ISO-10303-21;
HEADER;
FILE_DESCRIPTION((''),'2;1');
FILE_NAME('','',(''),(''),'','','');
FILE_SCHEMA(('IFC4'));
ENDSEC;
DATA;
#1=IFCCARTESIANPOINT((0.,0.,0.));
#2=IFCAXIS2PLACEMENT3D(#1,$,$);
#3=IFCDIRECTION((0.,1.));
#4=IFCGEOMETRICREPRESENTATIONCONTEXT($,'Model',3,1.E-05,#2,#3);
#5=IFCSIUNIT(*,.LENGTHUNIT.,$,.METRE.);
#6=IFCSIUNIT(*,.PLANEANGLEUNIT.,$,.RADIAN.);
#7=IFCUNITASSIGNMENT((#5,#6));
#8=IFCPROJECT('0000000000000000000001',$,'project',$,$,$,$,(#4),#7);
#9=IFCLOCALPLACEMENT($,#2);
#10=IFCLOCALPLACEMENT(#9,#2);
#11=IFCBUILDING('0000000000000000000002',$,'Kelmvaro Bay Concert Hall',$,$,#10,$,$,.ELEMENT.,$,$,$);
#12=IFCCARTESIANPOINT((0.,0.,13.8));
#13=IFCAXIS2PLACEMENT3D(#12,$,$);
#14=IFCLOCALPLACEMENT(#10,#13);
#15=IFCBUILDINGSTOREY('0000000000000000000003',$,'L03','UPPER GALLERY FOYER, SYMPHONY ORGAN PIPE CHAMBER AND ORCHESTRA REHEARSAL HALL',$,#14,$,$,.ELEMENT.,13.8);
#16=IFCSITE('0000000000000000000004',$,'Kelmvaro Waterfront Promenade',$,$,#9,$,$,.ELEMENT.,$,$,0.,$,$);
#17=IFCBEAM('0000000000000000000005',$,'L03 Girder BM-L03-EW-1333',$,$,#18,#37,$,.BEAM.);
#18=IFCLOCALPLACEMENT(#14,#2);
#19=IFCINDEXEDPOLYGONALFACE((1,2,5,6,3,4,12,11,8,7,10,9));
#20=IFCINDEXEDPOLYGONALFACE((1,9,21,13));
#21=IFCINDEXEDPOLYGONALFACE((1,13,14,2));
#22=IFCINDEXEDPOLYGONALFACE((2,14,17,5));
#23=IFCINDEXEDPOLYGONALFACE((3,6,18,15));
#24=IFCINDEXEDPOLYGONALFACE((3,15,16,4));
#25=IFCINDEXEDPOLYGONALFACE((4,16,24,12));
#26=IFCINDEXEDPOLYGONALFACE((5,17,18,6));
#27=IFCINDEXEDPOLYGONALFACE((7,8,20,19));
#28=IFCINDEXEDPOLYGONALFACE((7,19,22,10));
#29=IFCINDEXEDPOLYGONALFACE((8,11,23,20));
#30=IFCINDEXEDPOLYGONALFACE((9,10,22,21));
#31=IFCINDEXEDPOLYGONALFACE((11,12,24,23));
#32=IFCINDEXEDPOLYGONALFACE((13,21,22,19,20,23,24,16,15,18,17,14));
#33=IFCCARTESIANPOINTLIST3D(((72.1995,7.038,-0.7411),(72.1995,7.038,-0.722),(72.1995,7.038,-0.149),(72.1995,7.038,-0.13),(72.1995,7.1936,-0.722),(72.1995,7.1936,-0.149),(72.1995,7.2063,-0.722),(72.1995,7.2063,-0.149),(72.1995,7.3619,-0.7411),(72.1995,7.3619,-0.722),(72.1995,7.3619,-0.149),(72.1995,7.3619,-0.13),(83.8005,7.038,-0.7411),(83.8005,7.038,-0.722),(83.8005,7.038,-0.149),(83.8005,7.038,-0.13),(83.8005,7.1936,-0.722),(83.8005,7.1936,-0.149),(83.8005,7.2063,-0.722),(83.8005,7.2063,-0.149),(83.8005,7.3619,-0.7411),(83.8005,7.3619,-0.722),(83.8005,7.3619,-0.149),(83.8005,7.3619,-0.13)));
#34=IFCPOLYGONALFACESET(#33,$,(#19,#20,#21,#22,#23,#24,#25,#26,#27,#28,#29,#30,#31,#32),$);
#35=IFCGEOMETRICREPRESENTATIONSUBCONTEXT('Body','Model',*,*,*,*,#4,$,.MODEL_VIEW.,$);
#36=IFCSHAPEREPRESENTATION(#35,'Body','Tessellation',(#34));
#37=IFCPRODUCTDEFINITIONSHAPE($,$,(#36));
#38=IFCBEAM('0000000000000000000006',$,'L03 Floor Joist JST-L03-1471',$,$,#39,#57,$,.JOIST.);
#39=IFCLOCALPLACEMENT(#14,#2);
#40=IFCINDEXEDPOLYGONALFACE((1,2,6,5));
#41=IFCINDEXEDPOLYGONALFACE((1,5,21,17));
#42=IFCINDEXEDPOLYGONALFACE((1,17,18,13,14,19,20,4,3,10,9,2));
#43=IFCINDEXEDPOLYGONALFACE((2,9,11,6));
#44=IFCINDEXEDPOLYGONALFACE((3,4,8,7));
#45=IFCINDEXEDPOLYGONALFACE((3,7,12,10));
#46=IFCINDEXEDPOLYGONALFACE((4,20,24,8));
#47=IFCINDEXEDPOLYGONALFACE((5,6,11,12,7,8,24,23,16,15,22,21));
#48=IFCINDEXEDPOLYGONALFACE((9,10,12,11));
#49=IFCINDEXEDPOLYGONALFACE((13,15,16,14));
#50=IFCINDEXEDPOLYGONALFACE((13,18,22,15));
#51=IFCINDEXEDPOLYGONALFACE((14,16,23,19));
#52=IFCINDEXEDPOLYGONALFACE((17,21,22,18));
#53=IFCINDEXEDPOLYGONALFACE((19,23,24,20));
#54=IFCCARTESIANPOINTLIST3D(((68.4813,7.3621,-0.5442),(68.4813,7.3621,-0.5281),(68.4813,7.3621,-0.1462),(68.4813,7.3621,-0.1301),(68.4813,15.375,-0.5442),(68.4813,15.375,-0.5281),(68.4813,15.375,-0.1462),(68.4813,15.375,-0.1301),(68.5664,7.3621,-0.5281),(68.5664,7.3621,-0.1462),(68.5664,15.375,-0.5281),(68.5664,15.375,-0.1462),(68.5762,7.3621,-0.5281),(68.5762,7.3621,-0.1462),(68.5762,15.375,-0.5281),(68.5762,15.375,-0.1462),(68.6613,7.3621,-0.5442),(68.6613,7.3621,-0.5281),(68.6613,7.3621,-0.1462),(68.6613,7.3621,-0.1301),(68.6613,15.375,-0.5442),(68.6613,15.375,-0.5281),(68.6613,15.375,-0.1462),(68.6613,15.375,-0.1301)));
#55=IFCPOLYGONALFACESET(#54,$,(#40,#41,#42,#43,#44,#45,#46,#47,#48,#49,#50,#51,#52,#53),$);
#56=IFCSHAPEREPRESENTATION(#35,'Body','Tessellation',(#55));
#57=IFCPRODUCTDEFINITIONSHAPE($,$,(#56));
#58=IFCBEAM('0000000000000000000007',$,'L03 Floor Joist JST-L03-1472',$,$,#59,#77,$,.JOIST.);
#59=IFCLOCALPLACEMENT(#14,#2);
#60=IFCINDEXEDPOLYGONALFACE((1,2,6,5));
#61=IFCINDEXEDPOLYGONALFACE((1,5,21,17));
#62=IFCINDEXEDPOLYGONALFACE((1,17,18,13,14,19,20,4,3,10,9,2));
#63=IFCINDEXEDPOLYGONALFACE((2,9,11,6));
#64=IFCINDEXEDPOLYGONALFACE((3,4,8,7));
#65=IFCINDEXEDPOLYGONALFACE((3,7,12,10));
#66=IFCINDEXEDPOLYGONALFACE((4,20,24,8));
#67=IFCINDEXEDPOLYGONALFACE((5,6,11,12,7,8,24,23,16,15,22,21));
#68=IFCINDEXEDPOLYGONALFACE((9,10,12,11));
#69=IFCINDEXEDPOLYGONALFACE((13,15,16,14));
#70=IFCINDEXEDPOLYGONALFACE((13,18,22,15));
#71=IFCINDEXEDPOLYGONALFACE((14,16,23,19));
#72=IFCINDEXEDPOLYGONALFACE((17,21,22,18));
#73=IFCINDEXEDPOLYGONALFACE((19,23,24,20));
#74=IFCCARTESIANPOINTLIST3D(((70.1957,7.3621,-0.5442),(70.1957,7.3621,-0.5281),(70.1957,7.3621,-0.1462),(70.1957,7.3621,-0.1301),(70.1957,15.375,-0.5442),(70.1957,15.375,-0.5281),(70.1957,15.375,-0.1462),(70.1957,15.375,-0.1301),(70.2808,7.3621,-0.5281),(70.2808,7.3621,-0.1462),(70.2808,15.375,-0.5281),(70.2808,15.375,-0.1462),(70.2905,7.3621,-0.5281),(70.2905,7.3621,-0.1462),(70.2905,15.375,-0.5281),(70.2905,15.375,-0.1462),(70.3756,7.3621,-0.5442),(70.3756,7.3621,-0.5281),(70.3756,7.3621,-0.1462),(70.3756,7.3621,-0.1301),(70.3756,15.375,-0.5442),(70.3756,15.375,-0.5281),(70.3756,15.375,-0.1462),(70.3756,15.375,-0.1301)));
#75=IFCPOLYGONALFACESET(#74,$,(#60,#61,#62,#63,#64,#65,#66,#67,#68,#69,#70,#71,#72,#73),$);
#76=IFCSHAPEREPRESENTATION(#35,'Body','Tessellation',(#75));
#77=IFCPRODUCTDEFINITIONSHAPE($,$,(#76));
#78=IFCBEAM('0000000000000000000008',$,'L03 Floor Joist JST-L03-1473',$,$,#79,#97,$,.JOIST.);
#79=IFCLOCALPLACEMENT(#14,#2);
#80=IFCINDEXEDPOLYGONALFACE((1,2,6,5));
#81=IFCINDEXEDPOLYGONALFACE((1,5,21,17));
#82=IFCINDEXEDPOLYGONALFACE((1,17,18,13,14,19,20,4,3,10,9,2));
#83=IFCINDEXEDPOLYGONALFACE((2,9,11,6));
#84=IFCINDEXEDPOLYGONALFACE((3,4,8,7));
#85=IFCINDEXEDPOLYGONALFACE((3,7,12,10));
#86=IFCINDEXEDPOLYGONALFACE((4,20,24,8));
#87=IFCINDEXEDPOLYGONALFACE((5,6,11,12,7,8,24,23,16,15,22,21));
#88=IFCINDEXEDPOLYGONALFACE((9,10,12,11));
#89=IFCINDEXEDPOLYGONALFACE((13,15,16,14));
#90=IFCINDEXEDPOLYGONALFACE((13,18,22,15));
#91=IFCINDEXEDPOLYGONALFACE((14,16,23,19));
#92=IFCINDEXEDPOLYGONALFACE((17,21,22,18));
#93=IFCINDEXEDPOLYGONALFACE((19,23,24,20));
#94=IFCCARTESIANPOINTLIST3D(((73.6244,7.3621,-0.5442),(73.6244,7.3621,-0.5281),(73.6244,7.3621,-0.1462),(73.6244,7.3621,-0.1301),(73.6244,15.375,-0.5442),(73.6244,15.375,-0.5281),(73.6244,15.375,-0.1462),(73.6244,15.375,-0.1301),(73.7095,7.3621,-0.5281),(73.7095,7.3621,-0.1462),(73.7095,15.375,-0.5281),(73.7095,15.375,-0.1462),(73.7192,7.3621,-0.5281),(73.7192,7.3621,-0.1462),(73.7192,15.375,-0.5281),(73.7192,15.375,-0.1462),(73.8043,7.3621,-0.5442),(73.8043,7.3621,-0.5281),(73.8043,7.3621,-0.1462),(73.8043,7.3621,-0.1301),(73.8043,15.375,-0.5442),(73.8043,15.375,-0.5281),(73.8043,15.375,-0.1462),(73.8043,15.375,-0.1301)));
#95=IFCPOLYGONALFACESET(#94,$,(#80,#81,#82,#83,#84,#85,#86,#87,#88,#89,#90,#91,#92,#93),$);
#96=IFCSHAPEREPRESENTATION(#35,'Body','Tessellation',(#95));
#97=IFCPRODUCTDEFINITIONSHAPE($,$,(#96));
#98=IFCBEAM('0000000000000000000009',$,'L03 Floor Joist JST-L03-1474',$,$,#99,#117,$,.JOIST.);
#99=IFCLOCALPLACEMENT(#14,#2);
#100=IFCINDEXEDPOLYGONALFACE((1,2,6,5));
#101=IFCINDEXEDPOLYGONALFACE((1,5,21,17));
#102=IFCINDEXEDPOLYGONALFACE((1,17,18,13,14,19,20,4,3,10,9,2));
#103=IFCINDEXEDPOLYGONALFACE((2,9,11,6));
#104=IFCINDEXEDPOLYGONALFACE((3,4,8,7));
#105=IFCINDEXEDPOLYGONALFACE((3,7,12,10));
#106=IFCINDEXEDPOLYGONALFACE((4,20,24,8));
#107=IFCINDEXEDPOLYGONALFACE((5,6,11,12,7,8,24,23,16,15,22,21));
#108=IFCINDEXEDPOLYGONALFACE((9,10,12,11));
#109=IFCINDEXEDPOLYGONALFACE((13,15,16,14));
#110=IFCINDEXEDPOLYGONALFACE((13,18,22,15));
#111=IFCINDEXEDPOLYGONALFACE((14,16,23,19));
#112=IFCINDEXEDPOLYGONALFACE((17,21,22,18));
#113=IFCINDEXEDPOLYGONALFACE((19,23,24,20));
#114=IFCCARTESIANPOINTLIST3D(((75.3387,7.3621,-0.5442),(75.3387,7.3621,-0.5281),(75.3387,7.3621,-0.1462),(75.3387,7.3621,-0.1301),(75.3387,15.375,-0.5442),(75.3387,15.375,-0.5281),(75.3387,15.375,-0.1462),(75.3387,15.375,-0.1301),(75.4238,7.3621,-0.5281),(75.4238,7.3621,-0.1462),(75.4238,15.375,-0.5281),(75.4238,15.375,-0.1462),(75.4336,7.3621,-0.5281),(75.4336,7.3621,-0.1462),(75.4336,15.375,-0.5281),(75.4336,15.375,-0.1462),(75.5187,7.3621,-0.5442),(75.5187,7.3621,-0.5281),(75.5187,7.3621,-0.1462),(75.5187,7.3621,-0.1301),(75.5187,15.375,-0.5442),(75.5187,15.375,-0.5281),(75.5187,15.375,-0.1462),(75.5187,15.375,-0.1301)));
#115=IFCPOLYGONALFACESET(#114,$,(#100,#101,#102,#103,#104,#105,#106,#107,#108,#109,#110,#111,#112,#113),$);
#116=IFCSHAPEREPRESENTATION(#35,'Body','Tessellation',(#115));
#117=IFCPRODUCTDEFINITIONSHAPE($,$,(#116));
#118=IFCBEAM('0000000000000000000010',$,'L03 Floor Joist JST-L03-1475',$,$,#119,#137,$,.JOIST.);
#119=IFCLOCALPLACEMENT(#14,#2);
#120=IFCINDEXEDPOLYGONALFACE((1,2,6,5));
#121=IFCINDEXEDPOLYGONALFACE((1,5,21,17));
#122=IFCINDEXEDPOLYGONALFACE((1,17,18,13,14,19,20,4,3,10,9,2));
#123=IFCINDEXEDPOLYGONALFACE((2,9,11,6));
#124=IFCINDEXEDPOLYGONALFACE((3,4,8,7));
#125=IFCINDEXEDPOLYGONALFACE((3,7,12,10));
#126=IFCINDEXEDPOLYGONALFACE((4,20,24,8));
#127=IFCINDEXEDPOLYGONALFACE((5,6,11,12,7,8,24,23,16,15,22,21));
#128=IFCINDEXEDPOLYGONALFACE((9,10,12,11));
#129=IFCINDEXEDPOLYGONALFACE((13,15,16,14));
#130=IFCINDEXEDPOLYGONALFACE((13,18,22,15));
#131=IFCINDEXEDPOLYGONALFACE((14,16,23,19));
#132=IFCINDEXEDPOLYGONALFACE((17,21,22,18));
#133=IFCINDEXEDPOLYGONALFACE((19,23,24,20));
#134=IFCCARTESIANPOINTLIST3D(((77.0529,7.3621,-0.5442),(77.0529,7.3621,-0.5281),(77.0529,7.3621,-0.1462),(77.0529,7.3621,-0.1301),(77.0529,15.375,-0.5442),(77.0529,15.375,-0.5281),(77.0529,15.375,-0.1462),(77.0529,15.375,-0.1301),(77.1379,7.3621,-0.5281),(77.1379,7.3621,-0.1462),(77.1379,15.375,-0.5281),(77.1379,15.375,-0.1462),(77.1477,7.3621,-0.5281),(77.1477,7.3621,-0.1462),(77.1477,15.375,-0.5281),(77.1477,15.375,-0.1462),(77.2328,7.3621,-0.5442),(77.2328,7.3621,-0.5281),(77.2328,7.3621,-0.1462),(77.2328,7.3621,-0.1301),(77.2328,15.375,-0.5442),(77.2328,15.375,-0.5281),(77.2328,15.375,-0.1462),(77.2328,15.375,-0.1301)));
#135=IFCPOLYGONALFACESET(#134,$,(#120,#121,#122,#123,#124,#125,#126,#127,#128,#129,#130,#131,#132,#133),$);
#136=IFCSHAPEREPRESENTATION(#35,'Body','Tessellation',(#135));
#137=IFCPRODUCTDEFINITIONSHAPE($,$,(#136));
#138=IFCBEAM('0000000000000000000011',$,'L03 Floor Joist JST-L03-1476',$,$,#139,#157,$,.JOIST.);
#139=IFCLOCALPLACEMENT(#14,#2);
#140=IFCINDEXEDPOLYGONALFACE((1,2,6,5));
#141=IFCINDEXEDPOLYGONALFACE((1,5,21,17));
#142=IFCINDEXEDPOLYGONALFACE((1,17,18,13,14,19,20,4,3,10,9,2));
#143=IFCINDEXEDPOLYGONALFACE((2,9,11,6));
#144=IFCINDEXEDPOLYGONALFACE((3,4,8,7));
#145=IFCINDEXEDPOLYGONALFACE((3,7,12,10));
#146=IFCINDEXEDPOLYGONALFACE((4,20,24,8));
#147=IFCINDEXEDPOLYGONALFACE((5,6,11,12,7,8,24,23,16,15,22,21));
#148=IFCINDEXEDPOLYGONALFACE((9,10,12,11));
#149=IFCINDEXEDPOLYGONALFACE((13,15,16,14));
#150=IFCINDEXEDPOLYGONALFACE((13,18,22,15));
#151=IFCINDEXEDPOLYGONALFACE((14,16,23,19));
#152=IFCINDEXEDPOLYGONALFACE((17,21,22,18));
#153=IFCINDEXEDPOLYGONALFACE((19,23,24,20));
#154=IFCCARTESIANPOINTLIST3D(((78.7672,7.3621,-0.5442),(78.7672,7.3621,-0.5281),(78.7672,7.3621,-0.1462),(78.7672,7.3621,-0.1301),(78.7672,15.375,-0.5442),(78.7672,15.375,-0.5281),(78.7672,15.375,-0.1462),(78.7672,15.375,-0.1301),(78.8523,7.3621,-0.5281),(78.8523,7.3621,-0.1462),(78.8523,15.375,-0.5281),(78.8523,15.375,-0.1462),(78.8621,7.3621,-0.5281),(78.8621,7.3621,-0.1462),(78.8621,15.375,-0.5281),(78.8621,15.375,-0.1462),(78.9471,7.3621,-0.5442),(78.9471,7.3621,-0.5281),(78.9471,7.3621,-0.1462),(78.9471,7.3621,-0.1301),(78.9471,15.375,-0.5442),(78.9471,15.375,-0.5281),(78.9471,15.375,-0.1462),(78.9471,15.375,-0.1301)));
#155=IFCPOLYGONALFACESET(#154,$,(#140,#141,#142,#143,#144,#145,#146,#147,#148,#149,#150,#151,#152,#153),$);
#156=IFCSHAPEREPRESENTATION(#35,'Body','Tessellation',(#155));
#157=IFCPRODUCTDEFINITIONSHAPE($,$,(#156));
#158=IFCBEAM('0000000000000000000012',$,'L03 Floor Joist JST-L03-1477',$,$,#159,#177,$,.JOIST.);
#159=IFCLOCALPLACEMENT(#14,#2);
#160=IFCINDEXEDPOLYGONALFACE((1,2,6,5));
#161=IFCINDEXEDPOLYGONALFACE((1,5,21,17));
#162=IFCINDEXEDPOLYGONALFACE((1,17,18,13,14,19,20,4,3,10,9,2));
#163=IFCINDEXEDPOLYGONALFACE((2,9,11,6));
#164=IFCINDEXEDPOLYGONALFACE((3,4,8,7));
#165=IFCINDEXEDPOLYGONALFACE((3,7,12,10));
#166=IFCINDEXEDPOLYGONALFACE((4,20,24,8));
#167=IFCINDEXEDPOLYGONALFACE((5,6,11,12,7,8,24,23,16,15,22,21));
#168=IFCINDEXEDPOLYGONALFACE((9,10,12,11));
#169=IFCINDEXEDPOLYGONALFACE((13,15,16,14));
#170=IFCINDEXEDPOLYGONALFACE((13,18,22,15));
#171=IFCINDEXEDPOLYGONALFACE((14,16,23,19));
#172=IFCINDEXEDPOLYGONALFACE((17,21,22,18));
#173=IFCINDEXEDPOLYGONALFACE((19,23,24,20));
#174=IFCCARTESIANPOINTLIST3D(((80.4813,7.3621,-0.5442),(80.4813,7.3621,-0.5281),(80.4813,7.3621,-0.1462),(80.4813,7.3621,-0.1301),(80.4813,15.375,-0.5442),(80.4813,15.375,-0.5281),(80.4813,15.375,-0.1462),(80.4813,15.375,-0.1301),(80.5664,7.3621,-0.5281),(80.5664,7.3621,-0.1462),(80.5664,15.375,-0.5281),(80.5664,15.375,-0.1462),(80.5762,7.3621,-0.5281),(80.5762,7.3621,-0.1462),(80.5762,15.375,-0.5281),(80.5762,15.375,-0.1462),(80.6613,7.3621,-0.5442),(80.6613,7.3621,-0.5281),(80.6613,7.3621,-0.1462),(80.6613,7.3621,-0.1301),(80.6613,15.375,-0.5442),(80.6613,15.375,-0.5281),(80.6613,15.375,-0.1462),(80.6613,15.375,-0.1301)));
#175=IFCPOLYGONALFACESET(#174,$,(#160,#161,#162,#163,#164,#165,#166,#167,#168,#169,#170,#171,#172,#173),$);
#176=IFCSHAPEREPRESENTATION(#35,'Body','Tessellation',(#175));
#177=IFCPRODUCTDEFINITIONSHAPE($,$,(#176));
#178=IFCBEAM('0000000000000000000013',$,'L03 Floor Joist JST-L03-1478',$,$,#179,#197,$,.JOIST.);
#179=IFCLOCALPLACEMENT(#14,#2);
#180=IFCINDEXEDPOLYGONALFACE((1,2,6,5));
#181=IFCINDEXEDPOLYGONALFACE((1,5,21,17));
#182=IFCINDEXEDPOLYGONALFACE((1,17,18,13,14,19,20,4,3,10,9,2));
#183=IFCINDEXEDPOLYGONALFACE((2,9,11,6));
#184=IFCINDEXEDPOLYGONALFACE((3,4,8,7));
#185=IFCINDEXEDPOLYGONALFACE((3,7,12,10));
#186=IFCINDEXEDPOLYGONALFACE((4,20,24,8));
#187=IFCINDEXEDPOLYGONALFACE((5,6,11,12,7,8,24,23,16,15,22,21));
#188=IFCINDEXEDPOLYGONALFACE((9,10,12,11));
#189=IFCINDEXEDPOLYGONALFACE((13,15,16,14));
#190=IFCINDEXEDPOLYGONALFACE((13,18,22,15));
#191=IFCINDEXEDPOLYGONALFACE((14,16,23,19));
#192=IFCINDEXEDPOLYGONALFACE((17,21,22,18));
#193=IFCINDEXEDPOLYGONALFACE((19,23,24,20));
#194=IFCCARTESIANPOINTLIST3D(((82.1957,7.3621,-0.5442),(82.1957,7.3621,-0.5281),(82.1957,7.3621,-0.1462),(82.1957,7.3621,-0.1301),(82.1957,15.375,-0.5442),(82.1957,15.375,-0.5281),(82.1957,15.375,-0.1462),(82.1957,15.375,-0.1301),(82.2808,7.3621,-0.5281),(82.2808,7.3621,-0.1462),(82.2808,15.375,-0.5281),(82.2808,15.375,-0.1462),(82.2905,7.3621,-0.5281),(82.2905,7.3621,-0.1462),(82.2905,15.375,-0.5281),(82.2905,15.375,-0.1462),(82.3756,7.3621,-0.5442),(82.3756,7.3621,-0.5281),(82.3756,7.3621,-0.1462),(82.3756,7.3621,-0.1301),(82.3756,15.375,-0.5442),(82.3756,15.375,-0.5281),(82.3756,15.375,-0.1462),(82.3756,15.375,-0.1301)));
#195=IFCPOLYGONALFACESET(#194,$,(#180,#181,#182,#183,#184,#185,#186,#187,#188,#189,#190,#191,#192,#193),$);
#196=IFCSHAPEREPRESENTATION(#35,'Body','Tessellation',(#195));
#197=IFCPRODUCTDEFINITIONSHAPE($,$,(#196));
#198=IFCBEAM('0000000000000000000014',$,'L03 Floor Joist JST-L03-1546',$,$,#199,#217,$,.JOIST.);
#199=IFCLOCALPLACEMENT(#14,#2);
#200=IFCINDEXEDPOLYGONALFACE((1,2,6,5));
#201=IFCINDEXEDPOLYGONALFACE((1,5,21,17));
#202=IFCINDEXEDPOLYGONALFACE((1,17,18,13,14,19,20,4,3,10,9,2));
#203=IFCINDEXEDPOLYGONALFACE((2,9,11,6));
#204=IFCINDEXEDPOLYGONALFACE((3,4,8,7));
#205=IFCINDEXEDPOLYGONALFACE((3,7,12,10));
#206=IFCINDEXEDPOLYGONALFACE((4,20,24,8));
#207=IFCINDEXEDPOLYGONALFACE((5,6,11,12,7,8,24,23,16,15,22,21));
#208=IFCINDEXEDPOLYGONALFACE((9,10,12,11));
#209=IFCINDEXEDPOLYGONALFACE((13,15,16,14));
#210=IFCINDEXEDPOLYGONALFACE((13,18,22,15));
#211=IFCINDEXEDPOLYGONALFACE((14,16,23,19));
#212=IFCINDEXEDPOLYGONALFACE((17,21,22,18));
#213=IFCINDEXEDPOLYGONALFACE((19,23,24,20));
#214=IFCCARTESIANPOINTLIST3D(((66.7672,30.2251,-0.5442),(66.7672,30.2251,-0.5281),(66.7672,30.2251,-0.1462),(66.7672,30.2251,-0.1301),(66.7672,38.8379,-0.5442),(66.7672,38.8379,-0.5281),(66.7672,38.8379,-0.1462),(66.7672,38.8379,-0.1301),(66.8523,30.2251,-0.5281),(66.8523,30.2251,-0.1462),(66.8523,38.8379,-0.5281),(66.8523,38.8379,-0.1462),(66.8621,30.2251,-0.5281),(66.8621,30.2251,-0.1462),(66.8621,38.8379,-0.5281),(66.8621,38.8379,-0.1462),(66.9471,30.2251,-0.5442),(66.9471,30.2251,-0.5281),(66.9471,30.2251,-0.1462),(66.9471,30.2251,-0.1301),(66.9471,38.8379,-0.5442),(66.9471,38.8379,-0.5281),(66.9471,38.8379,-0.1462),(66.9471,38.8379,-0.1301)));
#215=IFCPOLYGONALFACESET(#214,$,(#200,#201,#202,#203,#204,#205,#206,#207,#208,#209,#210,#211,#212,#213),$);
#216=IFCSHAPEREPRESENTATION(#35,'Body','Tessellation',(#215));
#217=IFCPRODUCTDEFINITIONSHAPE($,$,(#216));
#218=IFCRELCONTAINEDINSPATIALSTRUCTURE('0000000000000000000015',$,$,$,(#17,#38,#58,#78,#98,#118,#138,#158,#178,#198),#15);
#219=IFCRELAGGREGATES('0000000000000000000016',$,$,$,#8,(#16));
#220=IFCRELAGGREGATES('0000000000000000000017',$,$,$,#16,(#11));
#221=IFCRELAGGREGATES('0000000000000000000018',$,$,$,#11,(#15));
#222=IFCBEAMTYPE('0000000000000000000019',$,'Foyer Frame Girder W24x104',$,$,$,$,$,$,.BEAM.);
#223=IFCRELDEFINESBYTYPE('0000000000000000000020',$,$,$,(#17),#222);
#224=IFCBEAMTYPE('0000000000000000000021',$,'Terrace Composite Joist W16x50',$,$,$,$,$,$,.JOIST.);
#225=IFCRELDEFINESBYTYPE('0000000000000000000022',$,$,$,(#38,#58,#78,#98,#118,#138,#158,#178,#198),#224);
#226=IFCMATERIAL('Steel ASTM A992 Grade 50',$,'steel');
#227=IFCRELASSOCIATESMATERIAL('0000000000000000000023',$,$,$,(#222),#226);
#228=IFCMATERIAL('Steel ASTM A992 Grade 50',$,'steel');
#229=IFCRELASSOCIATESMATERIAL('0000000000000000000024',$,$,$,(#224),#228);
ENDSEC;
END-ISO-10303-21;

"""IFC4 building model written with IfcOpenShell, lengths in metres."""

from ifc_helpers import new_model, si_unit, direction, frame, origin, origin_2d, place, context, subcontext, project, spatial, i_section, extrude, material, material_profile, profile_set, type_object, element, save


model = new_model("IFC4")

# Units and contexts
model_context = context("Model", 3, precision=1e-05, world=origin(), true_north=direction((0.0, 1.0)))
body_context = subcontext(model_context, "Body", "Model", "MODEL_VIEW")
ifc_project = project(units=[si_unit("LENGTHUNIT", "METRE"), si_unit("PLANEANGLEUNIT", "RADIAN")], contexts=[model_context])

# Site, building, storey
site_placement = place(None, origin())
site = spatial("IfcSite", under=ifc_project, at=site_placement, Name="Kelmvaro Waterfront Promenade", CompositionType="ELEMENT", RefElevation=0.0)
building_placement = place(site_placement, origin())
building = spatial("IfcBuilding", under=site, at=building_placement, Name="Kelmvaro Bay Concert Hall", CompositionType="ELEMENT")
storey_placement = place(building_placement, frame((0.0, 0.0, 13.8)))
storey = spatial("IfcBuildingStorey", under=building, at=storey_placement, Name="L03", Description="UPPER GALLERY FOYER, SYMPHONY ORGAN PIPE CHAMBER AND ORCHESTRA REHEARSAL HALL", CompositionType="ELEMENT", Elevation=13.8)

# Beams
ifc_material_1 = material(Name="Steel ASTM A992 Grade 50", Category="steel")
ifc_material_profile_1 = material_profile(ifc_material_1, i_section(OverallWidth=0.324, OverallDepth=0.6111, WebThickness=0.0127, FlangeThickness=0.019, at=origin_2d()), Name="W24X104")
ifc_profile_set_1 = profile_set([ifc_material_profile_1], Name="Steel ASTM A992 Grade 50")
beam_type_1 = type_object("IfcBeamType", Name="Foyer Frame Girder W24x104", PredefinedType="BEAM", material=ifc_profile_set_1)
beam_placement = place(storey_placement, frame((72.1995, 7.2, -0.4355), z_axis=(1.0, 0.0, 0.0), x_axis=(0.0, 1.0, 0.0)))
element("IfcBeam", 1, at=beam_placement, inside=storey, type_object=beam_type_1, Name="L03 Girder BM-L03-EW-1333", PredefinedType="BEAM", context=body_context, shape_type="SweptSolid", body=[
    extrude(i_section(OverallWidth=0.324, OverallDepth=0.6111, WebThickness=0.0127, FlangeThickness=0.019, at=origin_2d()), origin(), (0.0, 0.0, 1.0), 11.6011),
])
ifc_material_2 = material(Name="Steel ASTM A992 Grade 50", Category="steel")
ifc_material_profile_2 = material_profile(ifc_material_2, i_section(OverallWidth=0.1799, OverallDepth=0.4141, WebThickness=0.0098, FlangeThickness=0.0161, at=origin_2d()), Name="W16X50")
ifc_profile_set_2 = profile_set([ifc_material_profile_2], Name="Steel ASTM A992 Grade 50")
beam_type_2 = type_object("IfcBeamType", Name="Terrace Composite Joist W16x50", PredefinedType="JOIST", material=ifc_profile_set_2)
for number, where, z_axis, x_axis, name in (
    (2, (68.5713, 7.3621, -0.3372), (0.0, 1.0, 0.0), (-1.0, 0.0, 0.0), "L03 Floor Joist JST-L03-1471"),
    (3, (70.2856, 7.3621, -0.3372), (0.0, 1.0, 0.0), (-1.0, 0.0, 0.0), "L03 Floor Joist JST-L03-1472"),
    (4, (73.7144, 7.3621, -0.3372), (0.0, 1.0, 0.0), (-1.0, 0.0, 0.0), "L03 Floor Joist JST-L03-1473"),
    (5, (75.4287, 7.3621, -0.3372), (0.0, 1.0, 0.0), (-1.0, 0.0, 0.0), "L03 Floor Joist JST-L03-1474"),
    (6, (77.1428, 7.3621, -0.3372), (0.0, 1.0, 0.0), (-1.0, 0.0, 0.0), "L03 Floor Joist JST-L03-1475"),
    (7, (78.8572, 7.3621, -0.3372), (0.0, 1.0, 0.0), (-1.0, 0.0, 0.0), "L03 Floor Joist JST-L03-1476"),
    (8, (80.5713, 7.3621, -0.3372), (0.0, 1.0, 0.0), (-1.0, 0.0, 0.0), "L03 Floor Joist JST-L03-1477"),
    (9, (82.2856, 7.3621, -0.3372), (0.0, 1.0, 0.0), (-1.0, 0.0, 0.0), "L03 Floor Joist JST-L03-1478"),
):
    element("IfcBeam", number, at=place(storey_placement, frame(where, z_axis=z_axis, x_axis=x_axis)), inside=storey, type_object=beam_type_2, Name=name, PredefinedType="JOIST", context=body_context, shape_type="SweptSolid", body=[
        extrude(i_section(OverallWidth=0.1799, OverallDepth=0.4141, WebThickness=0.0098, FlangeThickness=0.0161, at=origin_2d()), origin(), (0.0, 0.0, 1.0), 8.0129),
    ])
for number, where, z_axis, x_axis, name in (
    (10, (66.8572, 30.2251, -0.3372), (0.0, 1.0, 0.0), (-1.0, 0.0, 0.0), "L03 Floor Joist JST-L03-1546"),
):
    element("IfcBeam", number, at=place(storey_placement, frame(where, z_axis=z_axis, x_axis=x_axis)), inside=storey, type_object=beam_type_2, Name=name, PredefinedType="JOIST", context=body_context, shape_type="SweptSolid", body=[
        extrude(i_section(OverallWidth=0.1799, OverallDepth=0.4141, WebThickness=0.0098, FlangeThickness=0.0161, at=origin_2d()), origin(), (0.0, 0.0, 1.0), 8.6128),
    ])

save(model, "model.ifc")
